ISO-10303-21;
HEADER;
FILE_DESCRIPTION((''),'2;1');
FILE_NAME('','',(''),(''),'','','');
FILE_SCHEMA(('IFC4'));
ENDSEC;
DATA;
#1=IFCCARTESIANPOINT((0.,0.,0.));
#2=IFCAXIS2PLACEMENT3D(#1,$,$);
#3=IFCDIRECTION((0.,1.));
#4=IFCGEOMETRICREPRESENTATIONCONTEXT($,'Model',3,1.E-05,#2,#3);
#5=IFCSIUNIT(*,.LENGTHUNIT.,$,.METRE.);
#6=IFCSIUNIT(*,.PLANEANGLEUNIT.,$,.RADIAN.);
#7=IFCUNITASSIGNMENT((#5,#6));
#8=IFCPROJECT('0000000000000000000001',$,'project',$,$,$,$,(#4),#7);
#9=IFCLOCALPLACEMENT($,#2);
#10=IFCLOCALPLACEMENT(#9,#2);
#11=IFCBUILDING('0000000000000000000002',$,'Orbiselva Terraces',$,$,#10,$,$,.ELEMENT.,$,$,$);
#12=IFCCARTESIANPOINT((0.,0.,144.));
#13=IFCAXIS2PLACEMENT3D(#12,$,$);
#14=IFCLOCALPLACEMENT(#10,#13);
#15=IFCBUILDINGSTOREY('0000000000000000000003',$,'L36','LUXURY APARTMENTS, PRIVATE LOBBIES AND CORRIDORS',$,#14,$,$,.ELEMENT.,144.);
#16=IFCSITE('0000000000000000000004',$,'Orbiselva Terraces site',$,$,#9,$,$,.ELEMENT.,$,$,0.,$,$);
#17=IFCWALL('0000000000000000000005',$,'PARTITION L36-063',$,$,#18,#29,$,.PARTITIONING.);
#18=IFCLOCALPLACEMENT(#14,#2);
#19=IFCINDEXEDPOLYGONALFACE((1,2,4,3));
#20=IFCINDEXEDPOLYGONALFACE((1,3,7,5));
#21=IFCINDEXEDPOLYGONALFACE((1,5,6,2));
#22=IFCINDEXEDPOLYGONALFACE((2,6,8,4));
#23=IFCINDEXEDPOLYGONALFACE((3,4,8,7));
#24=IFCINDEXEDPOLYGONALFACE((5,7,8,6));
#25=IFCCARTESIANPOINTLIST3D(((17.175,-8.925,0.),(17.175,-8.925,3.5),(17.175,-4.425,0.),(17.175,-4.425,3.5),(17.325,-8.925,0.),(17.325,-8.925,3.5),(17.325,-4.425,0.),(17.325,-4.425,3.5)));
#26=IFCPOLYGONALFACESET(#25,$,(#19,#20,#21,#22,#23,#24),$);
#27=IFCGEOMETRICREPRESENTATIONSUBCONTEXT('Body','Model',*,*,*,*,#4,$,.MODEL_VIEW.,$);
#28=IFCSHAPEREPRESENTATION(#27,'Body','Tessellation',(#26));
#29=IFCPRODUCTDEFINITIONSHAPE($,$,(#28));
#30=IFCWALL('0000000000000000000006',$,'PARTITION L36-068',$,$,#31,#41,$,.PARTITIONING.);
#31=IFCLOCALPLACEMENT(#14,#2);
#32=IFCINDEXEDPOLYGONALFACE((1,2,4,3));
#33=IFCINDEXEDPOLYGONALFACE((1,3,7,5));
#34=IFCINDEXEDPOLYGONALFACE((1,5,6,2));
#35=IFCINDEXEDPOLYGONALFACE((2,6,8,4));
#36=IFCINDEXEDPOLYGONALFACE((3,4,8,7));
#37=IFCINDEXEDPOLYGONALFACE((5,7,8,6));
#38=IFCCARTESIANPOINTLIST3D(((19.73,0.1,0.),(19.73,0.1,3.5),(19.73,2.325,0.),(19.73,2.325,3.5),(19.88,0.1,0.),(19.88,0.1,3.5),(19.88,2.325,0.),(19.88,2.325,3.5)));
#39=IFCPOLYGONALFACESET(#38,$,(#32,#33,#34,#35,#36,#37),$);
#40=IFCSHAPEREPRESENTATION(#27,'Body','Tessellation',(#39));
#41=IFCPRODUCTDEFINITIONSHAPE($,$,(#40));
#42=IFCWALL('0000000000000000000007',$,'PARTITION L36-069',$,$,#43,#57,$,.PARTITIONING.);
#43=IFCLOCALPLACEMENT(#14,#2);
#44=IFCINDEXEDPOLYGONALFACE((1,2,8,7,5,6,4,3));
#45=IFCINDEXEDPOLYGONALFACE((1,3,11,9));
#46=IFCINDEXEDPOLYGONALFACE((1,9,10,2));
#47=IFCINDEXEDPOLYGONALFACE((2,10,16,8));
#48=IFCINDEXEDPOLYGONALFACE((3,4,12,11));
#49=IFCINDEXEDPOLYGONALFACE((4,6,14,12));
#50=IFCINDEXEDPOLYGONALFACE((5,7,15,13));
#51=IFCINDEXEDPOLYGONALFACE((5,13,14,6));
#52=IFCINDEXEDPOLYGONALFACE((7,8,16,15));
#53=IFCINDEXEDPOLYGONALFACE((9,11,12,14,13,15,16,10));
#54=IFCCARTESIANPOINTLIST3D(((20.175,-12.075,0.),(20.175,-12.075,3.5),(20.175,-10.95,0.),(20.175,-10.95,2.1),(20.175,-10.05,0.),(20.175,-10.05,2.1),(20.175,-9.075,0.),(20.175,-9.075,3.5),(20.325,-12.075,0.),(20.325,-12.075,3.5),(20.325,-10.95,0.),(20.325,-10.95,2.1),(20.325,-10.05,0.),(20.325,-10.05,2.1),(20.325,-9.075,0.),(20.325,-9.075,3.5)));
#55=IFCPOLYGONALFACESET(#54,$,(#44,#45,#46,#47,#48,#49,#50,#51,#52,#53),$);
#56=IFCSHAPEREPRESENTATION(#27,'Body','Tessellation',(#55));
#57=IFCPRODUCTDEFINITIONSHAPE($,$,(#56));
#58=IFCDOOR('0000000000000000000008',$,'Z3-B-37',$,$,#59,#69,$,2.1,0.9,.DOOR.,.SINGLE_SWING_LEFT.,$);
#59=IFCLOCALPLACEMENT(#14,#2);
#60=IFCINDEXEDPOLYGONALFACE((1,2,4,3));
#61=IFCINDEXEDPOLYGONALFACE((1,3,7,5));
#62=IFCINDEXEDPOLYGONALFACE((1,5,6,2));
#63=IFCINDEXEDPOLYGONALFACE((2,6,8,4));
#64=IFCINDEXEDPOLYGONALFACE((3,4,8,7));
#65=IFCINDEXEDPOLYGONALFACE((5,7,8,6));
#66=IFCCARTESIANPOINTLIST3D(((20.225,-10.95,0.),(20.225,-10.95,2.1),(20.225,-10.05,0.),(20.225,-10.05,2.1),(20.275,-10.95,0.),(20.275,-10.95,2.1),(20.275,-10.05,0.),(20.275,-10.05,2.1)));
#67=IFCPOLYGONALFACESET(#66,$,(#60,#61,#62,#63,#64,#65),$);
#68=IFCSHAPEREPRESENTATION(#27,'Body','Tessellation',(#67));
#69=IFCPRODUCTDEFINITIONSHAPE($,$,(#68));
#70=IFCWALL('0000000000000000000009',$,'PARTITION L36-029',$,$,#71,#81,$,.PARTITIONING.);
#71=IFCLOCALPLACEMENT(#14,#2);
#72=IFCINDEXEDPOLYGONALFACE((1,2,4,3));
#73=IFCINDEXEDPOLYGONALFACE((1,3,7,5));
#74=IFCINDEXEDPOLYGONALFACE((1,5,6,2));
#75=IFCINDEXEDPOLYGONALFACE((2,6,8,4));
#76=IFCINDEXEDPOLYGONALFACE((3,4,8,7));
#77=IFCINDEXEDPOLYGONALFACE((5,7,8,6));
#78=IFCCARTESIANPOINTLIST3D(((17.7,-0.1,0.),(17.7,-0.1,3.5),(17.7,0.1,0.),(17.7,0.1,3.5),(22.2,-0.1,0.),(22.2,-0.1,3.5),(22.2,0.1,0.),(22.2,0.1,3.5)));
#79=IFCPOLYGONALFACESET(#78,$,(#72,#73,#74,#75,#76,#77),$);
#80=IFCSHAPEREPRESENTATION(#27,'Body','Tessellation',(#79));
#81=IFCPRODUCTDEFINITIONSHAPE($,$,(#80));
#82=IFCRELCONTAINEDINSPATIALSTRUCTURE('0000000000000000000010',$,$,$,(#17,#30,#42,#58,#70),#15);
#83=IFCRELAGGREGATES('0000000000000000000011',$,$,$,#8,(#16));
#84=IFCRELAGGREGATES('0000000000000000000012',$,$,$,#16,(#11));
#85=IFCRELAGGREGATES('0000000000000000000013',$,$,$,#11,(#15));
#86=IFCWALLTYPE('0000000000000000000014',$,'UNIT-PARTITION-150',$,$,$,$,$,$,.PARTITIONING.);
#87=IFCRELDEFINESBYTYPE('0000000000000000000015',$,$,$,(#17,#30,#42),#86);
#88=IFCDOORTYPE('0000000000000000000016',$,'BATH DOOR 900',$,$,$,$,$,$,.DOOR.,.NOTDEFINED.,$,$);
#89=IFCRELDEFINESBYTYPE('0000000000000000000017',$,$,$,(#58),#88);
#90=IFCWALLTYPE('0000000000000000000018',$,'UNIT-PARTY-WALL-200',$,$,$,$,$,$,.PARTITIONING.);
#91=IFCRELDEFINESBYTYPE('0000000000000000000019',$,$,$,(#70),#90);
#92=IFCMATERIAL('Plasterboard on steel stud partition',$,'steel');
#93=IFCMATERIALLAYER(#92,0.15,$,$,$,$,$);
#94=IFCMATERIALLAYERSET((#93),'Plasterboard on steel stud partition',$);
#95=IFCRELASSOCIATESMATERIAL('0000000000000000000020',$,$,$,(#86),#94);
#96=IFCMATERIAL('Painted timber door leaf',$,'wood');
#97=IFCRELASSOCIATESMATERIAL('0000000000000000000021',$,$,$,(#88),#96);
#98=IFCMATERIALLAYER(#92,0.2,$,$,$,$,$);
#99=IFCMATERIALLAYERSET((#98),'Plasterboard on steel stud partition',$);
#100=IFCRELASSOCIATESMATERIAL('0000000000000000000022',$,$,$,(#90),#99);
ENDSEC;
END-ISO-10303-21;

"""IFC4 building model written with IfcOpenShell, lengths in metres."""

from ifc_helpers import new_model, si_unit, direction, frame, frame_2d, origin, place, context, subcontext, project, spatial, rectangle, extrude, material, layer, layer_set, type_object, element, fill, save


model = new_model("IFC4")

# Units and contexts
model_context = context("Model", 3, precision=1e-05, world=origin(), true_north=direction((0.0, 1.0)))
body_context = subcontext(model_context, "Body", "Model", "MODEL_VIEW")
ifc_project = project(units=[si_unit("LENGTHUNIT", "METRE"), si_unit("PLANEANGLEUNIT", "RADIAN")], contexts=[model_context])

# Site, building, storey
site_placement = place(None, origin())
site = spatial("IfcSite", under=ifc_project, at=site_placement, Name="Orbiselva Terraces site", CompositionType="ELEMENT", RefElevation=0.0)
building_placement = place(site_placement, origin())
building = spatial("IfcBuilding", under=site, at=building_placement, Name="Orbiselva Terraces", CompositionType="ELEMENT")
storey_placement = place(building_placement, frame((0.0, 0.0, 144.0)))
storey = spatial("IfcBuildingStorey", under=building, at=storey_placement, Name="L36", Description="LUXURY APARTMENTS, PRIVATE LOBBIES AND CORRIDORS", CompositionType="ELEMENT", Elevation=144.0)

# Shared definitions
ifc_material_1 = material(Name="Plasterboard on steel stud partition", Category="steel")
ifc_material_2 = material(Name="Painted timber door leaf", Category="wood")

# Shared definitions
ifc_layer_1 = layer(ifc_material_1, 0.15)
ifc_layer_set_1 = layer_set([ifc_layer_1], Name="Plasterboard on steel stud partition")
wall_type_1 = type_object("IfcWallType", Name="UNIT-PARTITION-150", PredefinedType="PARTITIONING", material=ifc_layer_set_1)
door_type_1 = type_object("IfcDoorType", Name="BATH DOOR 900", OperationType="NOTDEFINED", PredefinedType="DOOR", material=ifc_material_2)

# Walls
for number, where, z_axis, x_axis, name in (
    (1, (17.25, -8.925, 0.0), (0.0, 0.0, 1.0), (0.0, 1.0, 0.0), "PARTITION L36-063"),
):
    element("IfcWall", number, at=place(storey_placement, frame(where, z_axis=z_axis, x_axis=x_axis)), inside=storey, type_object=wall_type_1, Name=name, PredefinedType="PARTITIONING", context=body_context, shape_type="SweptSolid", body=[
        extrude(rectangle(XDim=4.5, YDim=0.15, at=frame_2d((2.25, 0.0))), origin(), (0.0, 0.0, 1.0), 3.5),
    ])
wall_1_placement = place(storey_placement, frame((19.805, 0.1, 0.0), z_axis=(0.0, 0.0, 1.0), x_axis=(0.0, 1.0, 0.0)))
element("IfcWall", 2, at=wall_1_placement, inside=storey, type_object=wall_type_1, Name="PARTITION L36-068", PredefinedType="PARTITIONING", context=body_context, shape_type="SweptSolid", body=[
    extrude(rectangle(XDim=2.225, YDim=0.15, at=frame_2d((1.1125, 0.0))), origin(), (0.0, 0.0, 1.0), 3.5),
])

# Wall, opening, door
wall_2_placement = place(storey_placement, frame((20.25, -9.075, 0.0), z_axis=(0.0, 0.0, 1.0), x_axis=(0.0, -1.0, 0.0)))
wall_2 = element("IfcWall", 3, at=wall_2_placement, inside=storey, type_object=wall_type_1, Name="PARTITION L36-069", PredefinedType="PARTITIONING", context=body_context, shape_type="SweptSolid", body=[
    extrude(rectangle(XDim=3.0, YDim=0.15, at=frame_2d((1.5, 0.0))), origin(), (0.0, 0.0, 1.0), 3.5),
])
opening_1_placement = place(wall_2_placement, frame((0.975, 0.0, 0.0)))
opening_1 = element("IfcOpeningElement", 4, at=opening_1_placement, cuts=wall_2, PredefinedType="OPENING", context=body_context, shape_type="SweptSolid", body=[
    extrude(rectangle(XDim=0.9, YDim=2.1, at=frame_2d((0.45, 1.05))), frame((0.0, 0.085, 0.0), z_axis=(0.0, -1.0, 0.0), x_axis=(1.0, 0.0, 0.0)), (0.0, 0.0, 1.0), 0.17),
])
door_1_placement = place(opening_1_placement, origin())
door_1 = element("IfcDoor", 5, at=door_1_placement, inside=storey, type_object=door_type_1, Name="Z3-B-37", OperationType="SINGLE_SWING_LEFT", OverallHeight=2.1, OverallWidth=0.9, PredefinedType="DOOR", context=body_context, shape_type="SweptSolid", body=[
    extrude(rectangle(XDim=0.9, YDim=2.1, at=frame_2d((0.45, 1.05))), frame((0.0, 0.025, 0.0), z_axis=(0.0, -1.0, 0.0), x_axis=(1.0, 0.0, 0.0)), (0.0, 0.0, 1.0), 0.05),
])
fill(opening_1, door_1)

# Wall
ifc_layer_2 = layer(ifc_material_1, 0.2)
ifc_layer_set_2 = layer_set([ifc_layer_2], Name="Plasterboard on steel stud partition")
wall_type_2 = type_object("IfcWallType", Name="UNIT-PARTY-WALL-200", PredefinedType="PARTITIONING", material=ifc_layer_set_2)
wall_3_placement = place(storey_placement, frame((17.7, 0.0, 0.0), z_axis=(0.0, 0.0, 1.0), x_axis=(1.0, 0.0, 0.0)))
element("IfcWall", 6, at=wall_3_placement, inside=storey, type_object=wall_type_2, Name="PARTITION L36-029", PredefinedType="PARTITIONING", context=body_context, shape_type="SweptSolid", body=[
    extrude(rectangle(XDim=4.5, YDim=0.2, at=frame_2d((2.25, 0.0))), origin(), (0.0, 0.0, 1.0), 3.5),
])

save(model, "model.ifc")
